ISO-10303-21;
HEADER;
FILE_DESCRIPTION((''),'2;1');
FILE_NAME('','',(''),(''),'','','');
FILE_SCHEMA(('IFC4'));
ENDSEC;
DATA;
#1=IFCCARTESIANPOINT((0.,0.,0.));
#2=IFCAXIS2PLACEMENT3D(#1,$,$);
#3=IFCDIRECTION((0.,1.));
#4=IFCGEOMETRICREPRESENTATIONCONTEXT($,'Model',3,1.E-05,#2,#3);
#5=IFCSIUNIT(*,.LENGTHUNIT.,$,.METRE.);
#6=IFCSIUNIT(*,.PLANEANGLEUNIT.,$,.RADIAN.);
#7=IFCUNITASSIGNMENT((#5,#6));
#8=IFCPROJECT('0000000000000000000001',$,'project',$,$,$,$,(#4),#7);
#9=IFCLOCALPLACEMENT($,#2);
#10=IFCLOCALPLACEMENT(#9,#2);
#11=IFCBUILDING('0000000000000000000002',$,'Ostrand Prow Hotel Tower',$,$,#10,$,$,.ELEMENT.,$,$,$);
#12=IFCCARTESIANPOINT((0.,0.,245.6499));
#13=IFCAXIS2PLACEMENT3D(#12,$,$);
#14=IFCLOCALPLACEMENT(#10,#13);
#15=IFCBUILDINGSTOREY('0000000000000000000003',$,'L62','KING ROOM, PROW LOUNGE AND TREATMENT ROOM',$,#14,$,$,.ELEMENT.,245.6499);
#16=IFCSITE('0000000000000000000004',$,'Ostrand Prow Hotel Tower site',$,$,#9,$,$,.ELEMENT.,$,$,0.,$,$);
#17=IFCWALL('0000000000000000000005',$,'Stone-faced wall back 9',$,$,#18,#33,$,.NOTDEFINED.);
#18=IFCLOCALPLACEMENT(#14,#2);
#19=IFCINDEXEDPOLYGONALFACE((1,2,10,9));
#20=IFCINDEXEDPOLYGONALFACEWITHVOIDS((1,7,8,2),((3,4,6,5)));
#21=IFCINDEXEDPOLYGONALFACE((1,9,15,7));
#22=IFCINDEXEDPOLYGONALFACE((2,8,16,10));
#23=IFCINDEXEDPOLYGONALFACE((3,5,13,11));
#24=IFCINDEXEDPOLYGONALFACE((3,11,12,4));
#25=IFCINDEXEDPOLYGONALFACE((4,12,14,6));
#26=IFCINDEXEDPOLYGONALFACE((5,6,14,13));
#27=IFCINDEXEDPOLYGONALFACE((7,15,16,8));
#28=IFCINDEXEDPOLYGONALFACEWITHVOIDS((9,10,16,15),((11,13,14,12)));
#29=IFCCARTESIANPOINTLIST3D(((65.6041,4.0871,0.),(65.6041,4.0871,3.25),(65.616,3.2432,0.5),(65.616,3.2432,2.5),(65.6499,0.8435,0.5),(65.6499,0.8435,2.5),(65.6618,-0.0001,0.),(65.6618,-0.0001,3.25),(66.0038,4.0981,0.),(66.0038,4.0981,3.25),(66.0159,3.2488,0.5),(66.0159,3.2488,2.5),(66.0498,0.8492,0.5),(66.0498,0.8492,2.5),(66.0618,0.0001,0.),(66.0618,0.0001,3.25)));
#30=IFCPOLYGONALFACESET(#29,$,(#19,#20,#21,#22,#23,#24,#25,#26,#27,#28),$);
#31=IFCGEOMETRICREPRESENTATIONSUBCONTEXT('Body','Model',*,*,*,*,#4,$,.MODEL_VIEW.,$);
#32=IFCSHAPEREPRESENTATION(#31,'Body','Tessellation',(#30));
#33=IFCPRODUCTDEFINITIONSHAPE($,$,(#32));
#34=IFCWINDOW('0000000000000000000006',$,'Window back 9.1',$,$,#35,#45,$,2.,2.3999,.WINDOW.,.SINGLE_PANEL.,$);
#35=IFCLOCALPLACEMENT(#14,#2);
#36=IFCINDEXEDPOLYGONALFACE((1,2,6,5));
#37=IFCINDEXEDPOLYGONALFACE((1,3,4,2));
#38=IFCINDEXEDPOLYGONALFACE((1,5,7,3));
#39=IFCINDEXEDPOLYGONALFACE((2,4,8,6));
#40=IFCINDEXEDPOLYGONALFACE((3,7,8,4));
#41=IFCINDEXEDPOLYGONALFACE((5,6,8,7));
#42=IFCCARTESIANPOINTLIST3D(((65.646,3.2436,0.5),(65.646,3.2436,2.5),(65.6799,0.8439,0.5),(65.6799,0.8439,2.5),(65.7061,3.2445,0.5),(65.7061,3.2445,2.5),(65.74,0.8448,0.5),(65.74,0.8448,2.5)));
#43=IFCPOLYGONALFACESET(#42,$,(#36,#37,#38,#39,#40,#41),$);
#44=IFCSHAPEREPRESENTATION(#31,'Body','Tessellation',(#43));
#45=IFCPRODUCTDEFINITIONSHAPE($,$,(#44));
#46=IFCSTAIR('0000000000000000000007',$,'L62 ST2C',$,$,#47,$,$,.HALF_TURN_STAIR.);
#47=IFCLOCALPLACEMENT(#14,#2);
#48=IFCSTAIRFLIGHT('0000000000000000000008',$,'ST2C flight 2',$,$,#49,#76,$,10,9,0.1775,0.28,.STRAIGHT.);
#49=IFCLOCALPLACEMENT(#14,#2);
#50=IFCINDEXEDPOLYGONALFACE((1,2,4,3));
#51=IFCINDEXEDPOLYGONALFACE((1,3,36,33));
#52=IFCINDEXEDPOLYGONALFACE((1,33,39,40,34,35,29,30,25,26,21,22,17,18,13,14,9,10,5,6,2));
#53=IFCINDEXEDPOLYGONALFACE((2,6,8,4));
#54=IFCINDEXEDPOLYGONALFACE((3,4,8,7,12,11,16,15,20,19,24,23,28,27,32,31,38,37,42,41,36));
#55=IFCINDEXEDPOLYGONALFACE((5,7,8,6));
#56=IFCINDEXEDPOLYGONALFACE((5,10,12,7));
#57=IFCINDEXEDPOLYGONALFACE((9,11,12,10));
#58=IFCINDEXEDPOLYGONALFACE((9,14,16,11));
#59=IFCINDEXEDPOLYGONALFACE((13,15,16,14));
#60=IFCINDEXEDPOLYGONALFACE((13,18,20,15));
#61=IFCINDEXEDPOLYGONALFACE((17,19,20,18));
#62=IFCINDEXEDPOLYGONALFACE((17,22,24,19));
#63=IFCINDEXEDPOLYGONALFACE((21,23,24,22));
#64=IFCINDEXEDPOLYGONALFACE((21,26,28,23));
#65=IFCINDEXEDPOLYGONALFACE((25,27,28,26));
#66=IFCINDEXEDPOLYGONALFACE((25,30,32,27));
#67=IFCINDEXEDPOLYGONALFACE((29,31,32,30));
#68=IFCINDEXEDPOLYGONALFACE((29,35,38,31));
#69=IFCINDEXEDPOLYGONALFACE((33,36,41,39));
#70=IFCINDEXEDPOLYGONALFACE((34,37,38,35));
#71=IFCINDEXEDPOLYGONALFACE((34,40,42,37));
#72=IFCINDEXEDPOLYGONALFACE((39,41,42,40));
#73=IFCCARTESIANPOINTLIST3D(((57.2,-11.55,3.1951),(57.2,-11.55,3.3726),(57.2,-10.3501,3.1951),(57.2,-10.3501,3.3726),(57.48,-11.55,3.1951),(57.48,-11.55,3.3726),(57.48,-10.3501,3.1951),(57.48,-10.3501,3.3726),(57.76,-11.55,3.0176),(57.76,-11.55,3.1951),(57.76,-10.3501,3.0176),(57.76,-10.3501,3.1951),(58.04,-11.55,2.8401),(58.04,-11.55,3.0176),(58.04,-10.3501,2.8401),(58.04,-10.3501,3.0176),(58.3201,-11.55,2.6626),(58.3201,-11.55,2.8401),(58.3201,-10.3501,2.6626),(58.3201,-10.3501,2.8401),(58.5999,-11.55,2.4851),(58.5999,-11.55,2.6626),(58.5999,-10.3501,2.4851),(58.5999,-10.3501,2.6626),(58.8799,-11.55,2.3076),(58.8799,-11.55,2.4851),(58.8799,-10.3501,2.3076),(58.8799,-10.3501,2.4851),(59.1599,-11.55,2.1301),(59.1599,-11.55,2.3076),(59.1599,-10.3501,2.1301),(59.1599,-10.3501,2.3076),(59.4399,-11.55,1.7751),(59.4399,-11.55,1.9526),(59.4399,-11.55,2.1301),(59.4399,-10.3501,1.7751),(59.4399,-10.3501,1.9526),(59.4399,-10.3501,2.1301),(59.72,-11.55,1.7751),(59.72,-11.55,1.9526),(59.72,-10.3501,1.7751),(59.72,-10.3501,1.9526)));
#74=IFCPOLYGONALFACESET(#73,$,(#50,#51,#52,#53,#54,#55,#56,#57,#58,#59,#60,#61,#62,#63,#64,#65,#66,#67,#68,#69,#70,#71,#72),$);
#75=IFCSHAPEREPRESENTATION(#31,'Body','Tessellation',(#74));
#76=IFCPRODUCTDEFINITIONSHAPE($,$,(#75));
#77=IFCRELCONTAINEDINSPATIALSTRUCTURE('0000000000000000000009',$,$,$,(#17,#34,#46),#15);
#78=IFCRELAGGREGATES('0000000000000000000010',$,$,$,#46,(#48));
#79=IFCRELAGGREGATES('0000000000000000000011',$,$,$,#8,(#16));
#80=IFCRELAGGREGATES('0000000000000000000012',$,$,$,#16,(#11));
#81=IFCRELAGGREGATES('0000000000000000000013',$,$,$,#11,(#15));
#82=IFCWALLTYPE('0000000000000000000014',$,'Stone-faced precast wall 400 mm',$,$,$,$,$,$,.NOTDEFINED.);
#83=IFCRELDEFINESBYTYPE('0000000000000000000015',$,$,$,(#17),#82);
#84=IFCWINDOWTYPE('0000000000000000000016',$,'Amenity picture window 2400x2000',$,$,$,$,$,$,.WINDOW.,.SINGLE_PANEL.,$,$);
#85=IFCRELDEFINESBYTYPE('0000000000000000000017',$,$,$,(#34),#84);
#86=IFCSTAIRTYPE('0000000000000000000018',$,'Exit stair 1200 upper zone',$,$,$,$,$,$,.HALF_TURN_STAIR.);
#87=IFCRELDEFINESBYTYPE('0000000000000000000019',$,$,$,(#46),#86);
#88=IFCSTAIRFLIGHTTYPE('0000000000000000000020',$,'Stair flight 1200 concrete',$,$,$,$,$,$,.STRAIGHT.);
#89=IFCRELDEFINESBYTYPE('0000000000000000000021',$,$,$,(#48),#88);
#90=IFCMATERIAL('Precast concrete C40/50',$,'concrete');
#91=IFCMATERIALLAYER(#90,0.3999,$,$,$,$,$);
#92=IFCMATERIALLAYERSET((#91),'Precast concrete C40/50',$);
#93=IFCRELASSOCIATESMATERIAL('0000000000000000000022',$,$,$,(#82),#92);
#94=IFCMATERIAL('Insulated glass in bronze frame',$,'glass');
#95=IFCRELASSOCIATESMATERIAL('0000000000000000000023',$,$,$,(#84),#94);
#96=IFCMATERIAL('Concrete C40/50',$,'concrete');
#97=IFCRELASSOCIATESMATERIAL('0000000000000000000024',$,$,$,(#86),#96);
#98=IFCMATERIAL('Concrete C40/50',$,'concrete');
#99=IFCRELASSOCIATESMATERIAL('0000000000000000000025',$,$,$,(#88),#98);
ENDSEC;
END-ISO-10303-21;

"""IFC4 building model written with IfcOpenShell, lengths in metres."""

from ifc_helpers import new_model, si_unit, direction, frame, frame_2d, origin, place, context, subcontext, project, spatial, polyline, rectangle, outline, extrude, material, layer, layer_set, type_object, element, fill, aggregate, save


model = new_model("IFC4")

# Units and contexts
model_context = context("Model", 3, precision=1e-05, world=origin(), true_north=direction((0.0, 1.0)))
body_context = subcontext(model_context, "Body", "Model", "MODEL_VIEW")
ifc_project = project(units=[si_unit("LENGTHUNIT", "METRE"), si_unit("PLANEANGLEUNIT", "RADIAN")], contexts=[model_context])

# Site, building, storey
site_placement = place(None, origin())
site = spatial("IfcSite", under=ifc_project, at=site_placement, Name="Ostrand Prow Hotel Tower site", CompositionType="ELEMENT", RefElevation=0.0)
building_placement = place(site_placement, origin())
building = spatial("IfcBuilding", under=site, at=building_placement, Name="Ostrand Prow Hotel Tower", CompositionType="ELEMENT")
storey_placement = place(building_placement, frame((0.0, 0.0, 245.6499)))
storey = spatial("IfcBuildingStorey", under=building, at=storey_placement, Name="L62", Description="KING ROOM, PROW LOUNGE AND TREATMENT ROOM", CompositionType="ELEMENT", Elevation=245.6499)

# Shared definitions
ifc_material_1 = material(Name="Precast concrete C40/50", Category="concrete")
ifc_layer_1 = layer(ifc_material_1, 0.3999)
ifc_layer_set_1 = layer_set([ifc_layer_1], Name="Precast concrete C40/50")
wall_type_1 = type_object("IfcWallType", Name="Stone-faced precast wall 400 mm", PredefinedType="NOTDEFINED", material=ifc_layer_set_1)
ifc_material_2 = material(Name="Insulated glass in bronze frame", Category="glass")
window_type = type_object("IfcWindowType", Name="Amenity picture window 2400x2000", PartitioningType="SINGLE_PANEL", PredefinedType="WINDOW", material=ifc_material_2)

# Wall, opening, window
wall_1_placement = place(storey_placement, frame((65.8618, 0.0, 0.0), z_axis=(0.0, 0.0, 1.0), x_axis=(-0.014137, 0.9999, 0.0)))
wall_1 = element("IfcWall", 1, at=wall_1_placement, inside=storey, type_object=wall_type_1, Name="Stone-faced wall back 9", PredefinedType="NOTDEFINED", context=body_context, shape_type="SweptSolid", body=[
    extrude(outline(polyline([(-0.0027, -0.2), (4.0957, -0.2), (4.0903, 0.2), (0.0027, 0.2), (-0.0027, -0.2)])), origin(), (0.0, 0.0, 1.0), 3.25),
])
opening_1_placement = place(wall_1_placement, frame((0.8464, 0.0, 0.5)))
opening_1 = element("IfcOpeningElement", 2, at=opening_1_placement, cuts=wall_1, PredefinedType="OPENING", context=body_context, shape_type="SweptSolid", body=[
    extrude(rectangle(XDim=2.3999, YDim=2.0, at=frame_2d((1.2, 1.0))), frame((0.0, 0.21, 0.0), z_axis=(0.0, -1.0, 0.0), x_axis=(1.0, 0.0, 0.0)), (0.0, 0.0, 1.0), 0.4199),
])
window_1_placement = place(opening_1_placement, origin())
window_1 = element("IfcWindow", 3, at=window_1_placement, inside=storey, type_object=window_type, Name="Window back 9.1", OverallHeight=2.0, OverallWidth=2.3999, PartitioningType="SINGLE_PANEL", PredefinedType="WINDOW", context=body_context, shape_type="SweptSolid", body=[
    extrude(rectangle(XDim=2.3999, YDim=2.0, at=frame_2d((1.2, 1.0))), frame((0.0, 0.1699, 0.0), z_axis=(0.0, -1.0, 0.0), x_axis=(1.0, 0.0, 0.0)), (0.0, 0.0, 1.0), 0.0601),
])
fill(opening_1, window_1)

# Stair, stair flight
ifc_material_3 = material(Name="Concrete C40/50", Category="concrete")
stair_type = type_object("IfcStairType", Name="Exit stair 1200 upper zone", PredefinedType="HALF_TURN_STAIR", material=ifc_material_3)
stair_placement = place(storey_placement, origin())
stair = element("IfcStair", 4, at=stair_placement, inside=storey, type_object=stair_type, Name="L62 ST2C", PredefinedType="HALF_TURN_STAIR")
ifc_material_4 = material(Name="Concrete C40/50", Category="concrete")
stair_flight_type = type_object("IfcStairFlightType", Name="Stair flight 1200 concrete", PredefinedType="STRAIGHT", material=ifc_material_4)
stair_flight_placement = place(storey_placement, frame((59.72, -10.95, 1.7751), z_axis=(0.0, 0.0, 1.0), x_axis=(-1.0, 0.0, 0.0)))
stair_flight = element("IfcStairFlight", 5, at=stair_flight_placement, type_object=stair_flight_type, Name="ST2C flight 2", NumberOfRisers=10, NumberOfTreads=9, PredefinedType="STRAIGHT", RiserHeight=0.1775, TreadLength=0.28, context=body_context, shape_type="SweptSolid", body=[
    extrude(outline(polyline([(0.0, 0.0), (0.0, 0.1775), (0.28, 0.1775), (0.28, 0.355), (0.5601, 0.355), (0.5601, 0.5325), (0.8401, 0.5325), (0.8401, 0.71), (1.1201, 0.71), (1.1201, 0.8875), (1.3999, 0.8875), (1.3999, 1.0649), (1.6799, 1.0649), (1.6799, 1.2424), (1.96, 1.2424), (1.96, 1.4199), (2.24, 1.4199), (2.24, 1.5974), (2.52, 1.5974), (2.52, 1.7749), (2.52, 1.4199), (0.28, 0.0), (0.0, 0.0)])), frame((0.0, 0.6001, 0.0), z_axis=(0.0, -1.0, 0.0), x_axis=(1.0, 0.0, 0.0)), (0.0, 0.0, 1.0), 1.2),
])
aggregate(stair, [stair_flight])

save(model, "model.ifc")
